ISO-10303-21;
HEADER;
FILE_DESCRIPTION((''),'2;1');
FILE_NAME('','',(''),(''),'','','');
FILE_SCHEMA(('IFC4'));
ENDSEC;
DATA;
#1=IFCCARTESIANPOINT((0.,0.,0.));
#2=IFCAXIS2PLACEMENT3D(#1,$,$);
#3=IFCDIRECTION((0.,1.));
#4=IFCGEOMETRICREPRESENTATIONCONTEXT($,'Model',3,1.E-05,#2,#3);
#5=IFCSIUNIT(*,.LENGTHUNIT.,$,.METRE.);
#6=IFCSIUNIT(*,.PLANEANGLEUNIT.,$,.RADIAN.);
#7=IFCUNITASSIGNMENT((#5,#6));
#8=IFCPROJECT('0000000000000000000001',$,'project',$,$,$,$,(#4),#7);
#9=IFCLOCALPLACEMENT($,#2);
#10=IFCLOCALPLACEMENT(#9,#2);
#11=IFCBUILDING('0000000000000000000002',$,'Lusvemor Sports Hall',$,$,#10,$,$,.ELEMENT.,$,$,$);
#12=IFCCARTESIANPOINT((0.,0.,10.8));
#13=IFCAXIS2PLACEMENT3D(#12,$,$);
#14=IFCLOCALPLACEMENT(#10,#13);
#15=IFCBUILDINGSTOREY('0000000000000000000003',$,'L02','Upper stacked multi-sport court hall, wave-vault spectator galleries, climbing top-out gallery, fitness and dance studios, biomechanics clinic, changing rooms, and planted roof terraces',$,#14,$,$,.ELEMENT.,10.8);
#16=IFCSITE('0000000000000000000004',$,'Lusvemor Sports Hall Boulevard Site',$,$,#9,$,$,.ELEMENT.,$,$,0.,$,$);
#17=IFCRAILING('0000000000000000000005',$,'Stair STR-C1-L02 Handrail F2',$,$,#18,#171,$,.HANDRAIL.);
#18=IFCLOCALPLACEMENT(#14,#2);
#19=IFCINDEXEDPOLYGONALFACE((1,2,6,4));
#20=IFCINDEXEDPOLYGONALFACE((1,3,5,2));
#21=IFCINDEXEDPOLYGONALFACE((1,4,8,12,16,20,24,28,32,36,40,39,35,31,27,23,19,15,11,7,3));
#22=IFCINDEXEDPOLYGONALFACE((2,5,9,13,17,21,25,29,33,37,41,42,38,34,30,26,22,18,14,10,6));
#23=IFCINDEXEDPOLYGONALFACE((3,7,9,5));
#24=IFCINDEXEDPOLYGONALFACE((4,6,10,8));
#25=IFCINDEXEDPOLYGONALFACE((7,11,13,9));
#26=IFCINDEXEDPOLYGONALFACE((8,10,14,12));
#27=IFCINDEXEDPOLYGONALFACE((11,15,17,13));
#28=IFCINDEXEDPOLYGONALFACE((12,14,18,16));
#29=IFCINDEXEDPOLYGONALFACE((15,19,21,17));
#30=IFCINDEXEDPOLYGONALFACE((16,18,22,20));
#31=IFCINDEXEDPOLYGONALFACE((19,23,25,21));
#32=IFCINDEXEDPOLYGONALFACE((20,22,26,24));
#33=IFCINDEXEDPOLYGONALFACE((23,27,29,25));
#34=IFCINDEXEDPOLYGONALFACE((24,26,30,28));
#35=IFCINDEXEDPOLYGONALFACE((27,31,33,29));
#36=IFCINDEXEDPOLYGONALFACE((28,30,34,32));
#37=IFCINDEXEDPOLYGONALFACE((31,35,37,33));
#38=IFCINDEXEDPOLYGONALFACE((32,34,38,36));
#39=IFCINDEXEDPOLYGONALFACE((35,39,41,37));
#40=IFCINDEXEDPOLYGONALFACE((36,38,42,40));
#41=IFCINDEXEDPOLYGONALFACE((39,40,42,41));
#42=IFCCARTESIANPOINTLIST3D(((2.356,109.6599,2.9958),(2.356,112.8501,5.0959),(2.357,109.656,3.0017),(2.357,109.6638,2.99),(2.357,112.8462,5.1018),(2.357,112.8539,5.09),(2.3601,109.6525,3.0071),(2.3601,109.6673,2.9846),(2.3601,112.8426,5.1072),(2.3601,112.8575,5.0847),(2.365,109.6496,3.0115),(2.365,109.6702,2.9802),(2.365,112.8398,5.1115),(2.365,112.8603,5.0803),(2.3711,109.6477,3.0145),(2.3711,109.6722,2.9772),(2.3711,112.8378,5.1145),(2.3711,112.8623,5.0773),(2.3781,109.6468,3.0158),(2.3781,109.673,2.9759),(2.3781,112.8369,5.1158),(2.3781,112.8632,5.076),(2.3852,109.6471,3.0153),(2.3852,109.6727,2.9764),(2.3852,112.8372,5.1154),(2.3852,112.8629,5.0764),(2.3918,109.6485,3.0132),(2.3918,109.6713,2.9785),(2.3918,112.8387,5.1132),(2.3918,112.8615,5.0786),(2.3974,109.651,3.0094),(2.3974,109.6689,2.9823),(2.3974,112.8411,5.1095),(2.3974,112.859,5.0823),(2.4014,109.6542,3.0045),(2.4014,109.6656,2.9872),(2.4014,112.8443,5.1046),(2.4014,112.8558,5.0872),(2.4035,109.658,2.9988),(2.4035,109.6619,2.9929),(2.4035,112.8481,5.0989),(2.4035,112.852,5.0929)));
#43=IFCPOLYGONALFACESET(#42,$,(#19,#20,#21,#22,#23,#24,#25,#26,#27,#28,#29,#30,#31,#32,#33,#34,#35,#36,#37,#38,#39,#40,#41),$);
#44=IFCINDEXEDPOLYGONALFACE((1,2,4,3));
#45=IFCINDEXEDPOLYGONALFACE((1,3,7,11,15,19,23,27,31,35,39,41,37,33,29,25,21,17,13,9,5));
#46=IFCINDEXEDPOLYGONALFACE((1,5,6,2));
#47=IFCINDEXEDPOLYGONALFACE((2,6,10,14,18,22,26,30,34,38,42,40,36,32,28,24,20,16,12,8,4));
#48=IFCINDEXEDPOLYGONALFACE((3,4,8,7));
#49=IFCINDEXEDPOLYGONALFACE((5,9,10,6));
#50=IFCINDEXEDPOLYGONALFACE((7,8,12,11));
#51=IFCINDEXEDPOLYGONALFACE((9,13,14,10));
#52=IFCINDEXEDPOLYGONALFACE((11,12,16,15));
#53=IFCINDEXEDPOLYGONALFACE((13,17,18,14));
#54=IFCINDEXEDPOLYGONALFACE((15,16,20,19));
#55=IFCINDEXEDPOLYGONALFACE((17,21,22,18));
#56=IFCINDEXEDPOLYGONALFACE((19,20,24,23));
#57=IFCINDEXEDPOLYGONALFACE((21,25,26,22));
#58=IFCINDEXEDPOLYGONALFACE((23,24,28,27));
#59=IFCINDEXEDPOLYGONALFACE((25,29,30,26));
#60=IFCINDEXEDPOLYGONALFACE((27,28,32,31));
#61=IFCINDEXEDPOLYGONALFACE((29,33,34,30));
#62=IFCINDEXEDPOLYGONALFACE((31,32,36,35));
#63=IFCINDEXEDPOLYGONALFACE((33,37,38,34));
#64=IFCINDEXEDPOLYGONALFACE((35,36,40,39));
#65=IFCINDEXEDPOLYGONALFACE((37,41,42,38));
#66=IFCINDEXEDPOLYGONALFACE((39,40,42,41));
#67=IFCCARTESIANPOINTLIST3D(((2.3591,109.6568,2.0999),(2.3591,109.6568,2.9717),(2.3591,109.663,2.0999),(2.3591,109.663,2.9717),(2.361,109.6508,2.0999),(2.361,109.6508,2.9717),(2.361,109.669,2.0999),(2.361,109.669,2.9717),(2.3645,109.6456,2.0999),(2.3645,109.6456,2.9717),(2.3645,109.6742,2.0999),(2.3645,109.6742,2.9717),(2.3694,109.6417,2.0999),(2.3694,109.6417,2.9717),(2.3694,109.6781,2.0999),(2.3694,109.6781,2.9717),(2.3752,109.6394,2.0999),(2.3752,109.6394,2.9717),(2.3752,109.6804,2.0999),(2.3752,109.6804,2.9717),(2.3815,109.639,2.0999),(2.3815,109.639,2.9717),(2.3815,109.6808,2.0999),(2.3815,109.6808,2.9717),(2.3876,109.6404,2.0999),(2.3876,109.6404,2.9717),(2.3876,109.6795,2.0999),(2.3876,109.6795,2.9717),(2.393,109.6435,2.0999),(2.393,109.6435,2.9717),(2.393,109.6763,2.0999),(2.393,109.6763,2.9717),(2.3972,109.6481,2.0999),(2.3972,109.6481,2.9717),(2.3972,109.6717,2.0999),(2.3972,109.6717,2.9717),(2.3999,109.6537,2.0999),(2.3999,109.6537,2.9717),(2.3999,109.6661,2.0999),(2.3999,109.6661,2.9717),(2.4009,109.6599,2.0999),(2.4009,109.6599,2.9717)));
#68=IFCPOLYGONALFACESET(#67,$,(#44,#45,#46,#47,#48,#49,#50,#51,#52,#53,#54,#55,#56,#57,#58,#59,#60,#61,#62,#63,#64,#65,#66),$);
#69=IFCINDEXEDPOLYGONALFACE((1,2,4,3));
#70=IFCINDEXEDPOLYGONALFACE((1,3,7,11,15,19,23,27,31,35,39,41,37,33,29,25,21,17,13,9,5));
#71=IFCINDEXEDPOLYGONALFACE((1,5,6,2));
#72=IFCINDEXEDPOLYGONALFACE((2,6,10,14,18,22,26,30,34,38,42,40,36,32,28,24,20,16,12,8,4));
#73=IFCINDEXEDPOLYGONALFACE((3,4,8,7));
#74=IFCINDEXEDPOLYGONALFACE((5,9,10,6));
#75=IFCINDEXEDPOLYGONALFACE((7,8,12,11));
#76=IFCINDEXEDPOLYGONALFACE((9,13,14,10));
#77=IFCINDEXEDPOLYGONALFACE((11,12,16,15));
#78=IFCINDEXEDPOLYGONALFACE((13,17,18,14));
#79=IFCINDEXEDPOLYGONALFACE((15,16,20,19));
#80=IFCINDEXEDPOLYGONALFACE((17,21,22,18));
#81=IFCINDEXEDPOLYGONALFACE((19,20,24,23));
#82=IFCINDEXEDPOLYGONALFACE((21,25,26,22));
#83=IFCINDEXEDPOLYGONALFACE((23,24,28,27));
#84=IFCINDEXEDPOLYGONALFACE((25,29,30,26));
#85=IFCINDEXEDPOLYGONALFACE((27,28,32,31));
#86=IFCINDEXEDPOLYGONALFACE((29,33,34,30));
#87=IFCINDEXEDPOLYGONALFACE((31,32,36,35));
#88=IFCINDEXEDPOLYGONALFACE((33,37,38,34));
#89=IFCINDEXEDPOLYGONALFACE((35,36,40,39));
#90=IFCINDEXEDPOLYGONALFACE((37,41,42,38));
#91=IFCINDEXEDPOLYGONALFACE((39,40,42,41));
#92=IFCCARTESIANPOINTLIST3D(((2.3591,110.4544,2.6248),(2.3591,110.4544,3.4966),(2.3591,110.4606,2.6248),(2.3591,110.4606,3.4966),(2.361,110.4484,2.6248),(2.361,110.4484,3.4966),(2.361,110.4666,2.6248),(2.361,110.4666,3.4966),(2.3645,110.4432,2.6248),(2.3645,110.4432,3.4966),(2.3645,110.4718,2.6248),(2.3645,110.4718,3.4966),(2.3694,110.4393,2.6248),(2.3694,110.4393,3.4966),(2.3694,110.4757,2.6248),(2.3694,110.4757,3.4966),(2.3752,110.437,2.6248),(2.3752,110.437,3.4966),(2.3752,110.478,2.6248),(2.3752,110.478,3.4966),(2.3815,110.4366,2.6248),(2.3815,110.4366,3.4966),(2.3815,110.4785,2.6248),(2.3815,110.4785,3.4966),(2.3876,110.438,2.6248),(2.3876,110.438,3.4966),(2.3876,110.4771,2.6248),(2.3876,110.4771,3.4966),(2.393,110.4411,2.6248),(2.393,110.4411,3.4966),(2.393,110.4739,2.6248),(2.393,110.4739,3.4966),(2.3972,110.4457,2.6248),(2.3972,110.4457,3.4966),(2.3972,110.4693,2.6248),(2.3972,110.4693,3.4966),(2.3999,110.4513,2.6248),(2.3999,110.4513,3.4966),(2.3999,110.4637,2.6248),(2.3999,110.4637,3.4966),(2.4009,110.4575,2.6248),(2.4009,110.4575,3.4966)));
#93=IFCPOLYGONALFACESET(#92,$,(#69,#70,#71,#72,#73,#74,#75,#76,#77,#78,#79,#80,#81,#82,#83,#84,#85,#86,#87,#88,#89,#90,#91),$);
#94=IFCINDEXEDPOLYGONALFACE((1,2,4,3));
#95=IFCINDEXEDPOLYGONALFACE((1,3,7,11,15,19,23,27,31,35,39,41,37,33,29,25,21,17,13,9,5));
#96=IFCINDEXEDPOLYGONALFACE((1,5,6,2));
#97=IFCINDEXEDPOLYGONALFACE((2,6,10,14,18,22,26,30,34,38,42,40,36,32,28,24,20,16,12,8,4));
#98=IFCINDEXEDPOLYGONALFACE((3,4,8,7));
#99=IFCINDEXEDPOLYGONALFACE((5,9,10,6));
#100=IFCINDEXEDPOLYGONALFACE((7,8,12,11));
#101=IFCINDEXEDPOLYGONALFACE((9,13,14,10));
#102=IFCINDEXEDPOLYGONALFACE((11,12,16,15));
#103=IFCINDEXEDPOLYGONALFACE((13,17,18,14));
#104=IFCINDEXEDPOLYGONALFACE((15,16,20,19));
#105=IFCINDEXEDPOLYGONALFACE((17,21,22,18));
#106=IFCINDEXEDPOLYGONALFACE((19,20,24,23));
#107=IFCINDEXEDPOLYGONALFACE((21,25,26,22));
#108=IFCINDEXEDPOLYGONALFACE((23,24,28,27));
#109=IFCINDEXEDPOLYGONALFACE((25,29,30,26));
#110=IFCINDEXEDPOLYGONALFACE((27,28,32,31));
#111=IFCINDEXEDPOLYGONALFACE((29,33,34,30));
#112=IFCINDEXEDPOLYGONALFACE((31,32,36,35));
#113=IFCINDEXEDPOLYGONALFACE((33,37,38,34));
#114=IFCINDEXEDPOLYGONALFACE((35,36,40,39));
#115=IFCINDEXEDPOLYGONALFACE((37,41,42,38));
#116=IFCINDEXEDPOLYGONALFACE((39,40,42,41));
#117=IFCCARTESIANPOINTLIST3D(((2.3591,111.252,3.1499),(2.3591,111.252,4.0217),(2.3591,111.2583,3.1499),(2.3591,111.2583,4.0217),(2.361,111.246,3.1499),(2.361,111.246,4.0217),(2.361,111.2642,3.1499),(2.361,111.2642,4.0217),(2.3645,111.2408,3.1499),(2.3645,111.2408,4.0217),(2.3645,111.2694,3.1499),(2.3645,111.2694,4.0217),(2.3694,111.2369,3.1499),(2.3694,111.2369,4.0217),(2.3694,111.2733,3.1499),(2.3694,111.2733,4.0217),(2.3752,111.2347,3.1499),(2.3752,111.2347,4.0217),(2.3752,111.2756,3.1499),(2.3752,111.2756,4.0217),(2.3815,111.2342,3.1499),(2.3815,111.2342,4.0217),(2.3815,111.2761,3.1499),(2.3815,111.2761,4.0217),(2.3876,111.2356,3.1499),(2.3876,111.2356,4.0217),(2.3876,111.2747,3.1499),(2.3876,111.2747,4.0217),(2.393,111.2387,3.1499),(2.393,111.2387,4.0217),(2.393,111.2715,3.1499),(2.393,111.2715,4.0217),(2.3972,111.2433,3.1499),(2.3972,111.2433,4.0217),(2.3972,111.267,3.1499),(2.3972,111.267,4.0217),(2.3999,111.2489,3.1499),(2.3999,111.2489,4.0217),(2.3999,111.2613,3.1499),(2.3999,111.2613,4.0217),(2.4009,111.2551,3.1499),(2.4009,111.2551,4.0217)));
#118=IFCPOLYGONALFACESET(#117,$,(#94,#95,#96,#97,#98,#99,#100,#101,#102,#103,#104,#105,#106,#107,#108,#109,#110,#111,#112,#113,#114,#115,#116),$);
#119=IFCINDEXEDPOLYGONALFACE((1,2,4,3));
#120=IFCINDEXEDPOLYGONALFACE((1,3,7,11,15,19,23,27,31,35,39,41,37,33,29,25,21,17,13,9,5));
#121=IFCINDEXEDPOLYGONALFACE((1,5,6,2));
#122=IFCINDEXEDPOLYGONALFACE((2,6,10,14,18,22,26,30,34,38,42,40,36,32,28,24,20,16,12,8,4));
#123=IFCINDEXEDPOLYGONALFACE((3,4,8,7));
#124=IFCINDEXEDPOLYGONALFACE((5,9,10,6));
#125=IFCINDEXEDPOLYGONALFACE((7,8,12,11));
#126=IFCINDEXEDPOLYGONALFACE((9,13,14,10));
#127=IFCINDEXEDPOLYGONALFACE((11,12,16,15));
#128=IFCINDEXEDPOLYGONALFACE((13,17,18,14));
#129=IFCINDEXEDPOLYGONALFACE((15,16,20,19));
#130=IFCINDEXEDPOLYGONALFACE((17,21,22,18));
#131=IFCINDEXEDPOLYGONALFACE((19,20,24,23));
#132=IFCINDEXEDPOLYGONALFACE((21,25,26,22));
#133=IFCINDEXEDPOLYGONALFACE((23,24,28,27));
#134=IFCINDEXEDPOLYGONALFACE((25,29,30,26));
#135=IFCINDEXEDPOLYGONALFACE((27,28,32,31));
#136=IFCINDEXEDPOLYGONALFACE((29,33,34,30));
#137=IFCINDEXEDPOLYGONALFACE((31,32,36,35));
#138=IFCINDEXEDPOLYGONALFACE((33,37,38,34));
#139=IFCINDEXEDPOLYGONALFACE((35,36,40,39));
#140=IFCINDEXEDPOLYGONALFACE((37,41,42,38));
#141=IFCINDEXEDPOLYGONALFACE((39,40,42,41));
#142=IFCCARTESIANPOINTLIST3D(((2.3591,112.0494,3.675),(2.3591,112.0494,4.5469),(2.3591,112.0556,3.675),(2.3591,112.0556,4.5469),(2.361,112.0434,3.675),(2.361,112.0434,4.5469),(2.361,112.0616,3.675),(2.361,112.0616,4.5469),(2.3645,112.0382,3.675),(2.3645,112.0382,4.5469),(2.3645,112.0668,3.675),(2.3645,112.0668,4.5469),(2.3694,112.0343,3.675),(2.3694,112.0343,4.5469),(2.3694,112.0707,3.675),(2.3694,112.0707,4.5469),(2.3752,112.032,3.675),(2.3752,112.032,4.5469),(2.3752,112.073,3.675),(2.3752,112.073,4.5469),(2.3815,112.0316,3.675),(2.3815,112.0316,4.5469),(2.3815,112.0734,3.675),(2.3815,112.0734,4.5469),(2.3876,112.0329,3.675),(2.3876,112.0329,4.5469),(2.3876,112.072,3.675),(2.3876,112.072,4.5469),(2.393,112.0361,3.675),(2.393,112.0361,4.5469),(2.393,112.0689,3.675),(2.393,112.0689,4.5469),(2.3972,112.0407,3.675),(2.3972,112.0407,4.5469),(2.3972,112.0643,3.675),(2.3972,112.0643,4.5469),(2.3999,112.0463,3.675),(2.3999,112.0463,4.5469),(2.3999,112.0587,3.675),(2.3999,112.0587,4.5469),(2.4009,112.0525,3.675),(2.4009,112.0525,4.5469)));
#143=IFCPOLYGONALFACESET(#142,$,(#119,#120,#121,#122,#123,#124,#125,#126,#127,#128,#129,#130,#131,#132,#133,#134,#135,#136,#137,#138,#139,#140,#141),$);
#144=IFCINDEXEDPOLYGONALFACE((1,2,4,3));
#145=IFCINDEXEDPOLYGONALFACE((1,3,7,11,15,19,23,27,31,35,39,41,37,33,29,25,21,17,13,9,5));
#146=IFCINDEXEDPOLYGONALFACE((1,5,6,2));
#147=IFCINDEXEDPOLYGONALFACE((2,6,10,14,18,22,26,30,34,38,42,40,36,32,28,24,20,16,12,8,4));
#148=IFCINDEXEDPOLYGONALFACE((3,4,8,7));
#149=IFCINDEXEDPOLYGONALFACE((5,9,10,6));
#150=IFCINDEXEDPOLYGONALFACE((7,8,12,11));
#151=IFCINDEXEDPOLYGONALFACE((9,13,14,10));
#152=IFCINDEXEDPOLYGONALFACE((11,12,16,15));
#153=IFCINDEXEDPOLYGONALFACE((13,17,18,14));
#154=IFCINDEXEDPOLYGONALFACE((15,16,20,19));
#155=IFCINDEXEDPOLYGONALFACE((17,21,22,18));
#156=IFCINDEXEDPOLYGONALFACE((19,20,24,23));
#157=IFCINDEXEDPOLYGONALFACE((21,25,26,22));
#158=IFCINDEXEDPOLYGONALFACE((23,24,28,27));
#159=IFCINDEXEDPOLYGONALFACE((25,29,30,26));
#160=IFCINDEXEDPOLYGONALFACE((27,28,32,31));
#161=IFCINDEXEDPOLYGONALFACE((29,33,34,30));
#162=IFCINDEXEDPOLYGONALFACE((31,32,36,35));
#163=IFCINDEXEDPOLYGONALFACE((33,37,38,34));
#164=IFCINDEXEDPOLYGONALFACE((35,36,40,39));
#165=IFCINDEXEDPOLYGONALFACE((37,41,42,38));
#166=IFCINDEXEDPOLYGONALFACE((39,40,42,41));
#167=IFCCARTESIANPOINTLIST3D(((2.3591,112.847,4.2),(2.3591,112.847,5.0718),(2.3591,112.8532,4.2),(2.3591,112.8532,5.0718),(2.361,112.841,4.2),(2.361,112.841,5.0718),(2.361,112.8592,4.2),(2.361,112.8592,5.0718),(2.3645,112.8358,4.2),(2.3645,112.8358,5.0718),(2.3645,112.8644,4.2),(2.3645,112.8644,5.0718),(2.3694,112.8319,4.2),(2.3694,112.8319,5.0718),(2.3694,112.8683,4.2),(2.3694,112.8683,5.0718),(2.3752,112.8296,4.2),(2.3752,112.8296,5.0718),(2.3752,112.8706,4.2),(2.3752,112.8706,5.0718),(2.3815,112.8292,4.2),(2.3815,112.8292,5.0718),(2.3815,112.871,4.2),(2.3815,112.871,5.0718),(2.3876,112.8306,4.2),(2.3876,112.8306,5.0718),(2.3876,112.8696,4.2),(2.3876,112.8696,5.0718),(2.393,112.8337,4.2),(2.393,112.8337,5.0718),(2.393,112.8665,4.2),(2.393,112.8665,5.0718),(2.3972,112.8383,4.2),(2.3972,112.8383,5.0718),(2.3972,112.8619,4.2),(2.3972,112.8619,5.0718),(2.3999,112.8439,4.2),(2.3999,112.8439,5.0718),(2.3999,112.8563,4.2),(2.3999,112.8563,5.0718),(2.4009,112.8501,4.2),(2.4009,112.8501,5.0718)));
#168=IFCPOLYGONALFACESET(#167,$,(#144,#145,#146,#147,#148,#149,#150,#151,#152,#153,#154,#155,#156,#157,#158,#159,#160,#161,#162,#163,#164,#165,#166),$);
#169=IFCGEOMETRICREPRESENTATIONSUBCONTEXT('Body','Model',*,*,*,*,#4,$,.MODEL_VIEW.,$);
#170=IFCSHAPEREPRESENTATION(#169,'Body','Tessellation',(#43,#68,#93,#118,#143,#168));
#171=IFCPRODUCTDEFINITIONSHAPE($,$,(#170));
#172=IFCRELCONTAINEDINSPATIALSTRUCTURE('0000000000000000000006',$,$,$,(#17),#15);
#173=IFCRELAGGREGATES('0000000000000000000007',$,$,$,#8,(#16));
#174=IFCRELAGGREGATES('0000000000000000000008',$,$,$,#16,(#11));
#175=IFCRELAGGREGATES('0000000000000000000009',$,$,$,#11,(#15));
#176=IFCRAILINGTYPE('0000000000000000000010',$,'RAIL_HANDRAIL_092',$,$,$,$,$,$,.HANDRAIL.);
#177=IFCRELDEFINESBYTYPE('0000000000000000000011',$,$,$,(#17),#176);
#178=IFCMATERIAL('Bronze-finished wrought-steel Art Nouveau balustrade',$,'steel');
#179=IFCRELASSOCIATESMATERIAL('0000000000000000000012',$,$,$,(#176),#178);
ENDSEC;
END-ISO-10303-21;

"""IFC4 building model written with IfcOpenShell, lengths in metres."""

from ifc_helpers import new_model, si_unit, direction, frame, origin, origin_2d, place, context, subcontext, project, spatial, circle, extrude, material, type_object, element, save


model = new_model("IFC4")

# Units and contexts
model_context = context("Model", 3, precision=1e-05, world=origin(), true_north=direction((0.0, 1.0)))
body_context = subcontext(model_context, "Body", "Model", "MODEL_VIEW")
ifc_project = project(units=[si_unit("LENGTHUNIT", "METRE"), si_unit("PLANEANGLEUNIT", "RADIAN")], contexts=[model_context])

# Site, building, storey
site_placement = place(None, origin())
site = spatial("IfcSite", under=ifc_project, at=site_placement, Name="Lusvemor Sports Hall Boulevard Site", CompositionType="ELEMENT", RefElevation=0.0)
building_placement = place(site_placement, origin())
building = spatial("IfcBuilding", under=site, at=building_placement, Name="Lusvemor Sports Hall", CompositionType="ELEMENT")
storey_placement = place(building_placement, frame((0.0, 0.0, 10.8)))
storey = spatial("IfcBuildingStorey", under=building, at=storey_placement, Name="L02", Description="Upper stacked multi-sport court hall, wave-vault spectator galleries, climbing top-out gallery, fitness and dance studios, biomechanics clinic, changing rooms, and planted roof terraces", CompositionType="ELEMENT", Elevation=10.8)

# Railing
ifc_material_1 = material(Name="Bronze-finished wrought-steel Art Nouveau balustrade", Category="steel")
railing_type_1 = type_object("IfcRailingType", Name="RAIL_HANDRAIL_092", PredefinedType="HANDRAIL", material=ifc_material_1)
railing_1_placement = place(storey_placement, frame((2.3799, 109.6599, 2.0999)))
element("IfcRailing", 1, at=railing_1_placement, inside=storey, type_object=railing_type_1, Name="Stair STR-C1-L02 Handrail F2", PredefinedType="HANDRAIL", context=body_context, shape_type="SweptSolid", body=[
    extrude(circle(Radius=0.0239, at=origin_2d()), frame((0.0, 0.0, 0.896), z_axis=(0.0, 0.835262, 0.549852), x_axis=(-1.0, 0.0, 0.0)), (0.0, 0.0, 1.0), 3.8193),
    extrude(circle(Radius=0.021, at=origin_2d()), origin(), (0.0, 0.0, 1.0), 0.8718),
    extrude(circle(Radius=0.021, at=origin_2d()), frame((0.0, 0.7976, 0.5249)), (0.0, 0.0, 1.0), 0.8718),
    extrude(circle(Radius=0.021, at=origin_2d()), frame((0.0, 1.5952, 1.05)), (0.0, 0.0, 1.0), 0.8718),
    extrude(circle(Radius=0.021, at=origin_2d()), frame((0.0, 2.3926, 1.5752)), (0.0, 0.0, 1.0), 0.8718),
    extrude(circle(Radius=0.021, at=origin_2d()), frame((0.0, 3.1902, 2.1001)), (0.0, 0.0, 1.0), 0.8718),
])

save(model, "model.ifc")
